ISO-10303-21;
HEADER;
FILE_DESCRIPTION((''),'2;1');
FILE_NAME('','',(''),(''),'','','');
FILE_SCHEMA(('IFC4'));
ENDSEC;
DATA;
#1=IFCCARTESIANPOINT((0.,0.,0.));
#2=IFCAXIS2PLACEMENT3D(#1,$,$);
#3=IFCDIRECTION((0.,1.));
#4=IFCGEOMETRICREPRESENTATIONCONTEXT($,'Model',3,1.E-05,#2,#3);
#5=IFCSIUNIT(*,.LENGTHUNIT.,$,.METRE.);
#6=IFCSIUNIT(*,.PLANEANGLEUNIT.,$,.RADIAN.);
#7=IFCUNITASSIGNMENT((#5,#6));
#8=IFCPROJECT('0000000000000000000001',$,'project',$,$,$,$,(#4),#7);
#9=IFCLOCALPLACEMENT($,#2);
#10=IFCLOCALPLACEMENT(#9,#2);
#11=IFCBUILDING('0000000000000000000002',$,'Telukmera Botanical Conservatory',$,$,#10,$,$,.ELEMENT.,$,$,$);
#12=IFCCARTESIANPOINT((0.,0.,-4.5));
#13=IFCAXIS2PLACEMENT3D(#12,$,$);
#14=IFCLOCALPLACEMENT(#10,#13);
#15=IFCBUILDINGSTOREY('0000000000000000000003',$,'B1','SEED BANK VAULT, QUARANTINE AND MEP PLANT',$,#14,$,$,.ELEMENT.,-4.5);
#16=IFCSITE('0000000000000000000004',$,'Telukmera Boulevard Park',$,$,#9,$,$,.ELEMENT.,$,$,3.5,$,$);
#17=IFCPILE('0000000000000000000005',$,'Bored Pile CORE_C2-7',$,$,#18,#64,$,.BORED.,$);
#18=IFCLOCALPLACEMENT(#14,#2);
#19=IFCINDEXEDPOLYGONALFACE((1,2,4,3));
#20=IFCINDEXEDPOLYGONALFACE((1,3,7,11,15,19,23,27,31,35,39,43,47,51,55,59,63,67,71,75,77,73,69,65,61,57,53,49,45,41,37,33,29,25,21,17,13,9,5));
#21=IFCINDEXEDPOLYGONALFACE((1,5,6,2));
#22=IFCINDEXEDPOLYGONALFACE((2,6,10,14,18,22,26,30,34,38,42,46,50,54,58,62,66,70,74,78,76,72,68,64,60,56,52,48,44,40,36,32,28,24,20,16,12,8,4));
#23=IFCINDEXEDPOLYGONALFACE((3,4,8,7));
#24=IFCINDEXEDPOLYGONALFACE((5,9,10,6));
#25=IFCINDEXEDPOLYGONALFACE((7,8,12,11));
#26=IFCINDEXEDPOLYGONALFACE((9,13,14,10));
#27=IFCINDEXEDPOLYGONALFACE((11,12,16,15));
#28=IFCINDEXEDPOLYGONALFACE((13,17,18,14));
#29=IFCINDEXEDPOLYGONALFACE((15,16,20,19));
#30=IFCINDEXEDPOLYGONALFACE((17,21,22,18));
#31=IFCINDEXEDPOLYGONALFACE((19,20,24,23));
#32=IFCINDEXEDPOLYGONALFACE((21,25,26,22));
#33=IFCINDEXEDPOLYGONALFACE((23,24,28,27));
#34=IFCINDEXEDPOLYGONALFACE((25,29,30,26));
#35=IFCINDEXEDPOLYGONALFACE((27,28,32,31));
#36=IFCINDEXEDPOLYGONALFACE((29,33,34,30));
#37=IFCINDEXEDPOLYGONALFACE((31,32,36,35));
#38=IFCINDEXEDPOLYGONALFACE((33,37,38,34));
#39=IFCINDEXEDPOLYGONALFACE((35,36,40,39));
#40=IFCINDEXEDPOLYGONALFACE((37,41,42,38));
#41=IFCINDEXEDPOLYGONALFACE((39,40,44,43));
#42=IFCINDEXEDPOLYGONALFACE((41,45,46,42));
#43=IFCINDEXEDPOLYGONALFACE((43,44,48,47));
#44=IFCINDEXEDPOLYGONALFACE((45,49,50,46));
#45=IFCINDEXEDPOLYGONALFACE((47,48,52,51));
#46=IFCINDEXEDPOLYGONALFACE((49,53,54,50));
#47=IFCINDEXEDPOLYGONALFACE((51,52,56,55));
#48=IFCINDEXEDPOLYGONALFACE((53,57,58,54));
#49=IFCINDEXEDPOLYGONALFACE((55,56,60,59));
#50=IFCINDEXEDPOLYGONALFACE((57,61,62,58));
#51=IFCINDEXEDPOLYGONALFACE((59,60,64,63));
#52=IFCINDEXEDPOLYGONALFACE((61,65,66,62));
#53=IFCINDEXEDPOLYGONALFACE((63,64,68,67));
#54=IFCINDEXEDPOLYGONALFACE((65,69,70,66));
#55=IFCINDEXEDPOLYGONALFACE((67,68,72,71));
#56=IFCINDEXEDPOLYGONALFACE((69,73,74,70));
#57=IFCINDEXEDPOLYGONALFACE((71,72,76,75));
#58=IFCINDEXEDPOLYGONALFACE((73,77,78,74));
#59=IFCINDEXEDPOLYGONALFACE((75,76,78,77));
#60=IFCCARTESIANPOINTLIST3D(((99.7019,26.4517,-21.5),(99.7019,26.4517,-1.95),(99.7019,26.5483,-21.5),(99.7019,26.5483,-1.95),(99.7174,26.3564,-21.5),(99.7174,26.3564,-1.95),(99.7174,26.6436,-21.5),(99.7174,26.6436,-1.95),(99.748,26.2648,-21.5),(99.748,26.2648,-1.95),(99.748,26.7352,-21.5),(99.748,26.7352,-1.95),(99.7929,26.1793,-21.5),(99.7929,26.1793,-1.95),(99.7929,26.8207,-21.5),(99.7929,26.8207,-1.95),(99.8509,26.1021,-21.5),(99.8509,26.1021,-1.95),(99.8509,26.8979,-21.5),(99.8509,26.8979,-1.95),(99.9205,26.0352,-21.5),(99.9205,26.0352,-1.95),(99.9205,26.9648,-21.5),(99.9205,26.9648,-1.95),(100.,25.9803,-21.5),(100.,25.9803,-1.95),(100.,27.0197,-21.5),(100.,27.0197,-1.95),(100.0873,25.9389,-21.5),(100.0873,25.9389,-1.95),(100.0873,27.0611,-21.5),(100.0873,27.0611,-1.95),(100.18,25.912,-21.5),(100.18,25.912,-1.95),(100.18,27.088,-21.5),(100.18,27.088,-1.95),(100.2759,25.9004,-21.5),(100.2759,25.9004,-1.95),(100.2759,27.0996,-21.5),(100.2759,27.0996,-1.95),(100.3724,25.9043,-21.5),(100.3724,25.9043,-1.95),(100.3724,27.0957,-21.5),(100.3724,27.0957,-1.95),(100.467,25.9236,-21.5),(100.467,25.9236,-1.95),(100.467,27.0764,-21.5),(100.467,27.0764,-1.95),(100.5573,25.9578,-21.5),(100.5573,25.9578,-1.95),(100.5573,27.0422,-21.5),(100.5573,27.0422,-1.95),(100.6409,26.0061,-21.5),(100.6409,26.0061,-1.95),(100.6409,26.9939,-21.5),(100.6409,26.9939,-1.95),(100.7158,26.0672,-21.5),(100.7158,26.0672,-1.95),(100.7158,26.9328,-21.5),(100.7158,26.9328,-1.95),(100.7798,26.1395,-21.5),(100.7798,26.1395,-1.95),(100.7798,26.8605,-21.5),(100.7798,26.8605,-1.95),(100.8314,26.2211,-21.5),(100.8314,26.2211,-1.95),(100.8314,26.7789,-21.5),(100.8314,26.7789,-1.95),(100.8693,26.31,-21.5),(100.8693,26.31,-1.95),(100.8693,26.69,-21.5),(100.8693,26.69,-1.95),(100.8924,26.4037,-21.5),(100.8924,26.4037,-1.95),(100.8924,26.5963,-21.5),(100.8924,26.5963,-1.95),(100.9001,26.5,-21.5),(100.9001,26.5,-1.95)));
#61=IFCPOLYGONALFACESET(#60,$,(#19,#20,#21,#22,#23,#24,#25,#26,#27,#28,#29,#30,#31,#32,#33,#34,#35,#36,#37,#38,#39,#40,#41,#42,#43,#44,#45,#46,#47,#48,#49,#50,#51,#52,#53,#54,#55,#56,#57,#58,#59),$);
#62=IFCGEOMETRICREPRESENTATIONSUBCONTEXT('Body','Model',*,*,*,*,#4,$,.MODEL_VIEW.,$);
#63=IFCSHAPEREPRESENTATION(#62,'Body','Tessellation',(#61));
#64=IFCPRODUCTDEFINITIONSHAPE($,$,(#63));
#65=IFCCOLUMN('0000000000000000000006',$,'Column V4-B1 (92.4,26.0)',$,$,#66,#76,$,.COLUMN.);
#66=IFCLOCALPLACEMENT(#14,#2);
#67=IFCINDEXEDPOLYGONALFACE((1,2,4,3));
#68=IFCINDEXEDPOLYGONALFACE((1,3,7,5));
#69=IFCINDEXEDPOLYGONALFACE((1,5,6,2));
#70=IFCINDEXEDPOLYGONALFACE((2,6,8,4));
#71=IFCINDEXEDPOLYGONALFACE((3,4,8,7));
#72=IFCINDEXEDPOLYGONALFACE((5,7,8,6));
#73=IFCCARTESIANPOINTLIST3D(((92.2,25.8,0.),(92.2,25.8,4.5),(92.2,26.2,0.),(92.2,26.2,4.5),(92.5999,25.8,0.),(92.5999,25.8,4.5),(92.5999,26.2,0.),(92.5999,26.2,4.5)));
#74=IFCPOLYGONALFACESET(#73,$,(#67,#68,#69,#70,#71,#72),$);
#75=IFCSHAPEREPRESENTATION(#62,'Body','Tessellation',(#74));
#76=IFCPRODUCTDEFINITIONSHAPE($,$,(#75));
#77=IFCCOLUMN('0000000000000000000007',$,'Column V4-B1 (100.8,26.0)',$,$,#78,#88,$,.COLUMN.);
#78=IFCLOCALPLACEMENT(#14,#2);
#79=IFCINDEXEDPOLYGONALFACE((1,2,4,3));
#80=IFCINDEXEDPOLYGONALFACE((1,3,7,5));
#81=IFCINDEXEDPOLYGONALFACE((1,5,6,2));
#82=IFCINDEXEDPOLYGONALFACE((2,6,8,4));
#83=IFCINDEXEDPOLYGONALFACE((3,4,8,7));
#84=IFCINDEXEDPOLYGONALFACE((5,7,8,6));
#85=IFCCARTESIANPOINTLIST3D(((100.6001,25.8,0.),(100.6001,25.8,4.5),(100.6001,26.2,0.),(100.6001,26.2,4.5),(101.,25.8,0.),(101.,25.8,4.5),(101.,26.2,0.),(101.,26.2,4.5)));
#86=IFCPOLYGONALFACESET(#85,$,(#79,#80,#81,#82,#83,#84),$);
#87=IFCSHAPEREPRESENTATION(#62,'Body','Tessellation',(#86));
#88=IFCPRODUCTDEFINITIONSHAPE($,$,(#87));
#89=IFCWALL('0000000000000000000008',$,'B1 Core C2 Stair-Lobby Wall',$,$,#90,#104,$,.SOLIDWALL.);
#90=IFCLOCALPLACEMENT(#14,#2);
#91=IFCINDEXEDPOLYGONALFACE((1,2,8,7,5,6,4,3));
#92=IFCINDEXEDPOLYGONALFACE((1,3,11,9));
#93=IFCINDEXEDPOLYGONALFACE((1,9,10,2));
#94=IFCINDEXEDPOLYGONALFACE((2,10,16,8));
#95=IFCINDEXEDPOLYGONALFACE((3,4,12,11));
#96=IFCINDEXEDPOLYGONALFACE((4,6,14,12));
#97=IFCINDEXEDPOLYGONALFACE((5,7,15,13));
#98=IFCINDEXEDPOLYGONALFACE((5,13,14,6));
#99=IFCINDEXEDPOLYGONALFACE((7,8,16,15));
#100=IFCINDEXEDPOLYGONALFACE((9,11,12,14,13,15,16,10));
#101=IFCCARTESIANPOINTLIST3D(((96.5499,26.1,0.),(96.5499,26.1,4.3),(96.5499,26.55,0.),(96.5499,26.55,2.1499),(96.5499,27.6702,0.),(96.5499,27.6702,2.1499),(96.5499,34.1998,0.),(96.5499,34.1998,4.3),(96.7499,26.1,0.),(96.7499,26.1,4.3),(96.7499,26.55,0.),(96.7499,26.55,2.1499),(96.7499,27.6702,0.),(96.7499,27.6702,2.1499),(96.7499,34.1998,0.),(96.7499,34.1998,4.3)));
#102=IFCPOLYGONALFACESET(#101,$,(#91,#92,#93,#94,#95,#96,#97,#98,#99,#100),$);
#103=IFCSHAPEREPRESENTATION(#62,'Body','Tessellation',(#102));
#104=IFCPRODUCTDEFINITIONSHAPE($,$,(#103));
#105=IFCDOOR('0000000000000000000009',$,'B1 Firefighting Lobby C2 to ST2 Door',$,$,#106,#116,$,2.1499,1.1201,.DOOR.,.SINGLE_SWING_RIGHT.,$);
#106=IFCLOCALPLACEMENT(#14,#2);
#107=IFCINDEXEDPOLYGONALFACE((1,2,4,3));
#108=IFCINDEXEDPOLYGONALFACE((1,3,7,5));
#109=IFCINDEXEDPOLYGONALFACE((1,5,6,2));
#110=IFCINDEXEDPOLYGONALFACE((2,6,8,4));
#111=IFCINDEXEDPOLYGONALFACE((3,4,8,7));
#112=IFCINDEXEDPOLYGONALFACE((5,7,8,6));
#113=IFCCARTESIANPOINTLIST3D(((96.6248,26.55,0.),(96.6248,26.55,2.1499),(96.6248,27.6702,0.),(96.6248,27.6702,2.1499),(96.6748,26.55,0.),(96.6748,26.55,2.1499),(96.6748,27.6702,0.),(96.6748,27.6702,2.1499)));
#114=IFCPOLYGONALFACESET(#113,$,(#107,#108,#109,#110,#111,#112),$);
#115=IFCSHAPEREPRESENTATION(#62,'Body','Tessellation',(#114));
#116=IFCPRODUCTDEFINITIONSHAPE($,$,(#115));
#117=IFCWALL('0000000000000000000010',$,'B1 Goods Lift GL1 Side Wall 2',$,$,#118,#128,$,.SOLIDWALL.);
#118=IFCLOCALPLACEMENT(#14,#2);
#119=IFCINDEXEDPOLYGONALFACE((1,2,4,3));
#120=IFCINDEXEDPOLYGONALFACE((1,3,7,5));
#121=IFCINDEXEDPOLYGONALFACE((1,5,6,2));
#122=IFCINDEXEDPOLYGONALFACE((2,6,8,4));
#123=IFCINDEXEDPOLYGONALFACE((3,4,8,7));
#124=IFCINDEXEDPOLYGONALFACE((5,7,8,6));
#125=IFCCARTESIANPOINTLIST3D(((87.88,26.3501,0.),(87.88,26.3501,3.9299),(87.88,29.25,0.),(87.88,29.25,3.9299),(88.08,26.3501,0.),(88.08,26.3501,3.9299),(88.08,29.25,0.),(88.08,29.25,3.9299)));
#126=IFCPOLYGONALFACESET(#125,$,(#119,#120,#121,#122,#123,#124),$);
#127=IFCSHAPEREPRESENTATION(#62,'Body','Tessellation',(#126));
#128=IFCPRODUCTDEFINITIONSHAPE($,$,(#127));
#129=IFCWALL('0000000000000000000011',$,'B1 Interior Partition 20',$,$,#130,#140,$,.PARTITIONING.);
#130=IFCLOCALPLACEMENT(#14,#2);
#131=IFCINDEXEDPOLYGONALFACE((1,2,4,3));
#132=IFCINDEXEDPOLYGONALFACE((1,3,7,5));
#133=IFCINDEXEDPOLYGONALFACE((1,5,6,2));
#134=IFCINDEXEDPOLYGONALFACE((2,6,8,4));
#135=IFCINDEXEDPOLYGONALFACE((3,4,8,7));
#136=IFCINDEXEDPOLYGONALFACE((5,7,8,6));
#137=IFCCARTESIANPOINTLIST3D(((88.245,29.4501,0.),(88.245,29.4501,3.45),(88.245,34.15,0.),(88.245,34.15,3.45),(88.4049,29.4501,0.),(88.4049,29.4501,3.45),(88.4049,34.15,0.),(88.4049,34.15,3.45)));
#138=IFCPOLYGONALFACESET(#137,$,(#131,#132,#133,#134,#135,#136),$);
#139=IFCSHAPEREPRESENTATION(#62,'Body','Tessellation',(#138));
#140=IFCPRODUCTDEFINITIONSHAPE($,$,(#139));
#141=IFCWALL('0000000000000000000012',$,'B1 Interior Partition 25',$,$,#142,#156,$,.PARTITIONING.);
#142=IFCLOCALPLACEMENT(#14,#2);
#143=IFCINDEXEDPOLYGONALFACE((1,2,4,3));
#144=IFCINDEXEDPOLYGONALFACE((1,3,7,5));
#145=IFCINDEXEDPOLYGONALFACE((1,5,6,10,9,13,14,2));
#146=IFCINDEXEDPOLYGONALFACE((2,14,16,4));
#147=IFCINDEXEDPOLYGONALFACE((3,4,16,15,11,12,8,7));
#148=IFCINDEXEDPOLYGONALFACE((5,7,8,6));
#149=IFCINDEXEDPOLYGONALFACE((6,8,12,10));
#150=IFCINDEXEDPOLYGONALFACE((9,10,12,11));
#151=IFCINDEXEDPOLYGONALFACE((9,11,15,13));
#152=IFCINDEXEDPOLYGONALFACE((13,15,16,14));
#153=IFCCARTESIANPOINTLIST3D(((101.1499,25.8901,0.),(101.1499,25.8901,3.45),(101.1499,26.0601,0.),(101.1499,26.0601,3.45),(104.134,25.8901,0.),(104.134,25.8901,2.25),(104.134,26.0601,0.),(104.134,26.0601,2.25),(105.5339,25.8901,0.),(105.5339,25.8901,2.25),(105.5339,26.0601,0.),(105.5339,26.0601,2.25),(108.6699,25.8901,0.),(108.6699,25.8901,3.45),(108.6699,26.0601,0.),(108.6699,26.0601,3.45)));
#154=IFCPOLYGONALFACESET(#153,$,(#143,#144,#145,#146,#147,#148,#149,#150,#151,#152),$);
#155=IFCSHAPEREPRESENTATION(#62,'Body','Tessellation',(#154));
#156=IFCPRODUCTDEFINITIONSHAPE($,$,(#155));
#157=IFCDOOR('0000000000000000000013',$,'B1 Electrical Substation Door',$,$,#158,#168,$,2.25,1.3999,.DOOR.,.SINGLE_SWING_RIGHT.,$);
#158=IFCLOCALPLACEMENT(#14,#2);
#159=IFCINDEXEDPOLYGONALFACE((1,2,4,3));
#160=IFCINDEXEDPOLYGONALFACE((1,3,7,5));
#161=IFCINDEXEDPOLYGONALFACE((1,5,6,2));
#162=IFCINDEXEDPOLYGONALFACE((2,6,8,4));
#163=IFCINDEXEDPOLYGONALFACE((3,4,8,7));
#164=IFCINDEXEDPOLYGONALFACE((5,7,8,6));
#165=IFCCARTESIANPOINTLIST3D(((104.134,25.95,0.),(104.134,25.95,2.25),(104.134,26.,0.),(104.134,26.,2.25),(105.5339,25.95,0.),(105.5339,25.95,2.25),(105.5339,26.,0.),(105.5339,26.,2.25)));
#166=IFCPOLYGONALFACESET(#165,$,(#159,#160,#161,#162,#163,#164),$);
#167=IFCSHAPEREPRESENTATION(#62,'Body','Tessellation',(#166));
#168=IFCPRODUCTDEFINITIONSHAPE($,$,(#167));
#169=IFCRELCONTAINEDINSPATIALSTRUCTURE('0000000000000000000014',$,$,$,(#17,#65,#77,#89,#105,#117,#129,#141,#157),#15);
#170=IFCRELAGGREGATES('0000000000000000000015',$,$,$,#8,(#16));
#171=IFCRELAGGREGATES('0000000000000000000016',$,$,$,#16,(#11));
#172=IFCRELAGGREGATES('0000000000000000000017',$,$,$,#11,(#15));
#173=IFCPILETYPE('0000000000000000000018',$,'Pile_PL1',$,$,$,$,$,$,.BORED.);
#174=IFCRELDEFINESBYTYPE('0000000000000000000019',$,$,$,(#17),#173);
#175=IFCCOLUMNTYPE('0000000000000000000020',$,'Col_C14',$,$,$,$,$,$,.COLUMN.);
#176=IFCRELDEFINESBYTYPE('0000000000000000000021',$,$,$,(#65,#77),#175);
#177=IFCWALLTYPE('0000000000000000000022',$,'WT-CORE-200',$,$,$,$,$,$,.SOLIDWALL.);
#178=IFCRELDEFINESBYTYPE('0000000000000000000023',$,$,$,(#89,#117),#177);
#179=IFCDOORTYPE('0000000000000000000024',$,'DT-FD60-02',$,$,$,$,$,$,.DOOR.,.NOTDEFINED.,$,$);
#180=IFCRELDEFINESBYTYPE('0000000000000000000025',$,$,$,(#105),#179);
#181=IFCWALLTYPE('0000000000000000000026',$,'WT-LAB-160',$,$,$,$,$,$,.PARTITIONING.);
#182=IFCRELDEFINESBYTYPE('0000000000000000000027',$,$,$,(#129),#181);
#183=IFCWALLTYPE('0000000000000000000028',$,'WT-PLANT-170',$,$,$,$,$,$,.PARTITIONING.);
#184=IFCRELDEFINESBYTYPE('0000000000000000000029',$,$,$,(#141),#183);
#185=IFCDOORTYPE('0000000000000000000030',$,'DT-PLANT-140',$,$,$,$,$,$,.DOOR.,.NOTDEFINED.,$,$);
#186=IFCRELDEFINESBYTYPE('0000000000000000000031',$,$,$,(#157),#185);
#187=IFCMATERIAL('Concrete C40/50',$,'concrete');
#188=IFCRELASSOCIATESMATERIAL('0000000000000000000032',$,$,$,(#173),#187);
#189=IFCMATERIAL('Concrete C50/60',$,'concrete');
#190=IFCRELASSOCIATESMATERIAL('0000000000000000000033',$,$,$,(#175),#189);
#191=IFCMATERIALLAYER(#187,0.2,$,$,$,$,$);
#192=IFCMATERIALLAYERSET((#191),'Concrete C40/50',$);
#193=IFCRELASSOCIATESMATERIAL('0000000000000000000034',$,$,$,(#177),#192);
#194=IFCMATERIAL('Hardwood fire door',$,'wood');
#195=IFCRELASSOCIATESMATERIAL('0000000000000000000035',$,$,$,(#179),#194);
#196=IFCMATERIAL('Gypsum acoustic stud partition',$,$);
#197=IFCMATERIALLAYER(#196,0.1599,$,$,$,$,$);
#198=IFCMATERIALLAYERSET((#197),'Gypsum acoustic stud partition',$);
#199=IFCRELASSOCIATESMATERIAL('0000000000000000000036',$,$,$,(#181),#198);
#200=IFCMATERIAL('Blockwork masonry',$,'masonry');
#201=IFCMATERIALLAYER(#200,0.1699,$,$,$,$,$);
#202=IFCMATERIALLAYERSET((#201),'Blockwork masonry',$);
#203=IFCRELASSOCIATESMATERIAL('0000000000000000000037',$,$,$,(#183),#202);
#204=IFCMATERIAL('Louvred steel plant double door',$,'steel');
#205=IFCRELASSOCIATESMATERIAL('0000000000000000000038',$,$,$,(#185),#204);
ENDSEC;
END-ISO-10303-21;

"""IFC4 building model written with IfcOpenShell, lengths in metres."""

from ifc_helpers import new_model, si_unit, direction, frame, frame_2d, origin, origin_2d, place, context, subcontext, project, spatial, rectangle, circle, extrude, material, layer, layer_set, material_profile, profile_set, type_object, element, fill, save


model = new_model("IFC4")

# Units and contexts
model_context = context("Model", 3, precision=1e-05, world=origin(), true_north=direction((0.0, 1.0)))
body_context = subcontext(model_context, "Body", "Model", "MODEL_VIEW")
ifc_project = project(units=[si_unit("LENGTHUNIT", "METRE"), si_unit("PLANEANGLEUNIT", "RADIAN")], contexts=[model_context])

# Site, building, storey
site_placement = place(None, origin())
site = spatial("IfcSite", under=ifc_project, at=site_placement, Name="Telukmera Boulevard Park", CompositionType="ELEMENT", RefElevation=3.5)
building_placement = place(site_placement, origin())
building = spatial("IfcBuilding", under=site, at=building_placement, Name="Telukmera Botanical Conservatory", CompositionType="ELEMENT")
storey_placement = place(building_placement, frame((0.0, 0.0, -4.5)))
storey = spatial("IfcBuildingStorey", under=building, at=storey_placement, Name="B1", Description="SEED BANK VAULT, QUARANTINE AND MEP PLANT", CompositionType="ELEMENT", Elevation=-4.5)

# Shared definitions
ifc_material_1 = material(Name="Concrete C40/50", Category="concrete")

# Pile
ifc_material_profile_1 = material_profile(ifc_material_1, circle(Radius=0.6001, at=origin_2d()), Name="PILE D1200")
ifc_profile_set_1 = profile_set([ifc_material_profile_1], Name="Concrete C40/50")
pile_type = type_object("IfcPileType", Name="Pile_PL1", PredefinedType="BORED", material=ifc_profile_set_1)
for number, where, z_axis, x_axis, name in (
    (1, (100.3, 26.5, -1.95), (0.0, 0.0, -1.0), (1.0, 0.0, 0.0), "Bored Pile CORE_C2-7"),
):
    element("IfcPile", number, at=place(storey_placement, frame(where, z_axis=z_axis, x_axis=x_axis)), inside=storey, type_object=pile_type, Name=name, PredefinedType="BORED", context=body_context, shape_type="SweptSolid", body=[
        extrude(circle(Radius=0.6001, at=origin_2d()), origin(), (0.0, 0.0, 1.0), 19.55),
    ])

# Columns
ifc_material_2 = material(Name="Concrete C50/60", Category="concrete")
ifc_material_profile_2 = material_profile(ifc_material_2, rectangle(XDim=0.3999, YDim=0.3999, at=origin_2d()), Name="RC 400x400")
ifc_profile_set_2 = profile_set([ifc_material_profile_2], Name="Concrete C50/60")
column_type = type_object("IfcColumnType", Name="Col_C14", PredefinedType="COLUMN", material=ifc_profile_set_2)
for number, where, z_axis, x_axis, name in (
    (2, (92.3999, 26.0, 0.0), (0.0, 0.0, 1.0), (1.0, 0.0, 0.0), "Column V4-B1 (92.4,26.0)"),
    (3, (100.8, 26.0, 0.0), (0.0, 0.0, 1.0), (1.0, 0.0, 0.0), "Column V4-B1 (100.8,26.0)"),
):
    element("IfcColumn", number, at=place(storey_placement, frame(where, z_axis=z_axis, x_axis=x_axis)), inside=storey, type_object=column_type, Name=name, PredefinedType="COLUMN", context=body_context, shape_type="SweptSolid", body=[
        extrude(rectangle(XDim=0.3999, YDim=0.3999, at=origin_2d()), origin(), (0.0, 0.0, 1.0), 4.5),
    ])

# Shared definitions
ifc_layer_1 = layer(ifc_material_1, 0.2)
ifc_layer_set_1 = layer_set([ifc_layer_1], Name="Concrete C40/50")
wall_type_1 = type_object("IfcWallType", Name="WT-CORE-200", PredefinedType="SOLIDWALL", material=ifc_layer_set_1)
ifc_material_3 = material(Name="Hardwood fire door", Category="wood")

# Wall, opening, door
wall_1_placement = place(storey_placement, frame((96.6499, 26.1001, 0.0), z_axis=(0.0, 0.0, 1.0), x_axis=(0.0, 1.0, 0.0)))
wall_1 = element("IfcWall", 4, at=wall_1_placement, inside=storey, type_object=wall_type_1, Name="B1 Core C2 Stair-Lobby Wall", PredefinedType="SOLIDWALL", context=body_context, shape_type="SweptSolid", body=[
    extrude(rectangle(XDim=8.0999, YDim=0.2, at=frame_2d((4.0498, 0.0))), origin(), (0.0, 0.0, 1.0), 4.3),
])
opening_1_placement = place(wall_1_placement, frame((0.45, 0.0, 0.0)))
opening_1 = element("IfcOpeningElement", 5, at=opening_1_placement, cuts=wall_1, PredefinedType="OPENING", context=body_context, shape_type="SweptSolid", body=[
    extrude(rectangle(XDim=1.1201, YDim=2.1499, at=frame_2d((0.5601, 1.075))), frame((0.0, 0.1099, 0.0), z_axis=(0.0, -1.0, 0.0), x_axis=(1.0, 0.0, 0.0)), (0.0, 0.0, 1.0), 0.22),
])
door_type_1 = type_object("IfcDoorType", Name="DT-FD60-02", OperationType="NOTDEFINED", PredefinedType="DOOR", material=ifc_material_3)
door_1_placement = place(opening_1_placement, frame((1.1201, 0.0, 0.0), z_axis=(0.0, 0.0, 1.0), x_axis=(-1.0, 0.0, 0.0)))
door_1 = element("IfcDoor", 6, at=door_1_placement, inside=storey, type_object=door_type_1, Name="B1 Firefighting Lobby C2 to ST2 Door", OperationType="SINGLE_SWING_RIGHT", OverallHeight=2.1499, OverallWidth=1.1201, PredefinedType="DOOR", context=body_context, shape_type="SweptSolid", body=[
    extrude(rectangle(XDim=1.1201, YDim=2.1499, at=frame_2d((0.5601, 1.075))), frame((0.0, 0.0249, 0.0), z_axis=(0.0, -1.0, 0.0), x_axis=(1.0, 0.0, 0.0)), (0.0, 0.0, 1.0), 0.05),
])
fill(opening_1, door_1)

# Walls
wall_2_placement = place(storey_placement, frame((87.98, 26.3501, 0.0), z_axis=(0.0, 0.0, 1.0), x_axis=(0.0, 1.0, 0.0)))
element("IfcWall", 7, at=wall_2_placement, inside=storey, type_object=wall_type_1, Name="B1 Goods Lift GL1 Side Wall 2", PredefinedType="SOLIDWALL", context=body_context, shape_type="SweptSolid", body=[
    extrude(rectangle(XDim=2.8999, YDim=0.2, at=frame_2d((1.45, 0.0))), origin(), (0.0, 0.0, 1.0), 3.9299),
])
ifc_material_4 = material(Name="Gypsum acoustic stud partition")
ifc_layer_2 = layer(ifc_material_4, 0.1599)
ifc_layer_set_2 = layer_set([ifc_layer_2], Name="Gypsum acoustic stud partition")
wall_type_2 = type_object("IfcWallType", Name="WT-LAB-160", PredefinedType="PARTITIONING", material=ifc_layer_set_2)
wall_3_placement = place(storey_placement, frame((88.325, 29.45, 0.0), z_axis=(0.0, 0.0, 1.0), x_axis=(0.0, 1.0, 0.0)))
element("IfcWall", 8, at=wall_3_placement, inside=storey, type_object=wall_type_2, Name="B1 Interior Partition 20", PredefinedType="PARTITIONING", context=body_context, shape_type="SweptSolid", body=[
    extrude(rectangle(XDim=4.7, YDim=0.1599, at=frame_2d((2.3501, 0.0))), origin(), (0.0, 0.0, 1.0), 3.45),
])

# Wall, opening, door
ifc_material_5 = material(Name="Blockwork masonry", Category="masonry")
ifc_layer_3 = layer(ifc_material_5, 0.1699)
ifc_layer_set_3 = layer_set([ifc_layer_3], Name="Blockwork masonry")
wall_type_3 = type_object("IfcWallType", Name="WT-PLANT-170", PredefinedType="PARTITIONING", material=ifc_layer_set_3)
wall_4_placement = place(storey_placement, frame((101.1499, 25.9751, 0.0), z_axis=(0.0, 0.0, 1.0), x_axis=(1.0, 0.0, 0.0)))
wall_4 = element("IfcWall", 9, at=wall_4_placement, inside=storey, type_object=wall_type_3, Name="B1 Interior Partition 25", PredefinedType="PARTITIONING", context=body_context, shape_type="SweptSolid", body=[
    extrude(rectangle(XDim=7.52, YDim=0.1699, at=frame_2d((3.76, 0.0))), origin(), (0.0, 0.0, 1.0), 3.45),
])
opening_2_placement = place(wall_4_placement, frame((2.9841, 0.0, 0.0)))
opening_2 = element("IfcOpeningElement", 10, at=opening_2_placement, cuts=wall_4, PredefinedType="OPENING", context=body_context, shape_type="SweptSolid", body=[
    extrude(rectangle(XDim=1.3999, YDim=2.25, at=frame_2d((0.7, 1.125))), frame((0.0, 0.095, 0.0), z_axis=(0.0, -1.0, 0.0), x_axis=(1.0, 0.0, 0.0)), (0.0, 0.0, 1.0), 0.1899),
])
ifc_material_6 = material(Name="Louvred steel plant double door", Category="steel")
door_type_2 = type_object("IfcDoorType", Name="DT-PLANT-140", OperationType="NOTDEFINED", PredefinedType="DOOR", material=ifc_material_6)
door_2_placement = place(opening_2_placement, origin())
door_2 = element("IfcDoor", 11, at=door_2_placement, inside=storey, type_object=door_type_2, Name="B1 Electrical Substation Door", OperationType="SINGLE_SWING_RIGHT", OverallHeight=2.25, OverallWidth=1.3999, PredefinedType="DOOR", context=body_context, shape_type="SweptSolid", body=[
    extrude(rectangle(XDim=1.3999, YDim=2.25, at=frame_2d((0.7, 1.125))), frame((0.0, 0.0249, 0.0), z_axis=(0.0, -1.0, 0.0), x_axis=(1.0, 0.0, 0.0)), (0.0, 0.0, 1.0), 0.05),
])
fill(opening_2, door_2)

save(model, "model.ifc")
